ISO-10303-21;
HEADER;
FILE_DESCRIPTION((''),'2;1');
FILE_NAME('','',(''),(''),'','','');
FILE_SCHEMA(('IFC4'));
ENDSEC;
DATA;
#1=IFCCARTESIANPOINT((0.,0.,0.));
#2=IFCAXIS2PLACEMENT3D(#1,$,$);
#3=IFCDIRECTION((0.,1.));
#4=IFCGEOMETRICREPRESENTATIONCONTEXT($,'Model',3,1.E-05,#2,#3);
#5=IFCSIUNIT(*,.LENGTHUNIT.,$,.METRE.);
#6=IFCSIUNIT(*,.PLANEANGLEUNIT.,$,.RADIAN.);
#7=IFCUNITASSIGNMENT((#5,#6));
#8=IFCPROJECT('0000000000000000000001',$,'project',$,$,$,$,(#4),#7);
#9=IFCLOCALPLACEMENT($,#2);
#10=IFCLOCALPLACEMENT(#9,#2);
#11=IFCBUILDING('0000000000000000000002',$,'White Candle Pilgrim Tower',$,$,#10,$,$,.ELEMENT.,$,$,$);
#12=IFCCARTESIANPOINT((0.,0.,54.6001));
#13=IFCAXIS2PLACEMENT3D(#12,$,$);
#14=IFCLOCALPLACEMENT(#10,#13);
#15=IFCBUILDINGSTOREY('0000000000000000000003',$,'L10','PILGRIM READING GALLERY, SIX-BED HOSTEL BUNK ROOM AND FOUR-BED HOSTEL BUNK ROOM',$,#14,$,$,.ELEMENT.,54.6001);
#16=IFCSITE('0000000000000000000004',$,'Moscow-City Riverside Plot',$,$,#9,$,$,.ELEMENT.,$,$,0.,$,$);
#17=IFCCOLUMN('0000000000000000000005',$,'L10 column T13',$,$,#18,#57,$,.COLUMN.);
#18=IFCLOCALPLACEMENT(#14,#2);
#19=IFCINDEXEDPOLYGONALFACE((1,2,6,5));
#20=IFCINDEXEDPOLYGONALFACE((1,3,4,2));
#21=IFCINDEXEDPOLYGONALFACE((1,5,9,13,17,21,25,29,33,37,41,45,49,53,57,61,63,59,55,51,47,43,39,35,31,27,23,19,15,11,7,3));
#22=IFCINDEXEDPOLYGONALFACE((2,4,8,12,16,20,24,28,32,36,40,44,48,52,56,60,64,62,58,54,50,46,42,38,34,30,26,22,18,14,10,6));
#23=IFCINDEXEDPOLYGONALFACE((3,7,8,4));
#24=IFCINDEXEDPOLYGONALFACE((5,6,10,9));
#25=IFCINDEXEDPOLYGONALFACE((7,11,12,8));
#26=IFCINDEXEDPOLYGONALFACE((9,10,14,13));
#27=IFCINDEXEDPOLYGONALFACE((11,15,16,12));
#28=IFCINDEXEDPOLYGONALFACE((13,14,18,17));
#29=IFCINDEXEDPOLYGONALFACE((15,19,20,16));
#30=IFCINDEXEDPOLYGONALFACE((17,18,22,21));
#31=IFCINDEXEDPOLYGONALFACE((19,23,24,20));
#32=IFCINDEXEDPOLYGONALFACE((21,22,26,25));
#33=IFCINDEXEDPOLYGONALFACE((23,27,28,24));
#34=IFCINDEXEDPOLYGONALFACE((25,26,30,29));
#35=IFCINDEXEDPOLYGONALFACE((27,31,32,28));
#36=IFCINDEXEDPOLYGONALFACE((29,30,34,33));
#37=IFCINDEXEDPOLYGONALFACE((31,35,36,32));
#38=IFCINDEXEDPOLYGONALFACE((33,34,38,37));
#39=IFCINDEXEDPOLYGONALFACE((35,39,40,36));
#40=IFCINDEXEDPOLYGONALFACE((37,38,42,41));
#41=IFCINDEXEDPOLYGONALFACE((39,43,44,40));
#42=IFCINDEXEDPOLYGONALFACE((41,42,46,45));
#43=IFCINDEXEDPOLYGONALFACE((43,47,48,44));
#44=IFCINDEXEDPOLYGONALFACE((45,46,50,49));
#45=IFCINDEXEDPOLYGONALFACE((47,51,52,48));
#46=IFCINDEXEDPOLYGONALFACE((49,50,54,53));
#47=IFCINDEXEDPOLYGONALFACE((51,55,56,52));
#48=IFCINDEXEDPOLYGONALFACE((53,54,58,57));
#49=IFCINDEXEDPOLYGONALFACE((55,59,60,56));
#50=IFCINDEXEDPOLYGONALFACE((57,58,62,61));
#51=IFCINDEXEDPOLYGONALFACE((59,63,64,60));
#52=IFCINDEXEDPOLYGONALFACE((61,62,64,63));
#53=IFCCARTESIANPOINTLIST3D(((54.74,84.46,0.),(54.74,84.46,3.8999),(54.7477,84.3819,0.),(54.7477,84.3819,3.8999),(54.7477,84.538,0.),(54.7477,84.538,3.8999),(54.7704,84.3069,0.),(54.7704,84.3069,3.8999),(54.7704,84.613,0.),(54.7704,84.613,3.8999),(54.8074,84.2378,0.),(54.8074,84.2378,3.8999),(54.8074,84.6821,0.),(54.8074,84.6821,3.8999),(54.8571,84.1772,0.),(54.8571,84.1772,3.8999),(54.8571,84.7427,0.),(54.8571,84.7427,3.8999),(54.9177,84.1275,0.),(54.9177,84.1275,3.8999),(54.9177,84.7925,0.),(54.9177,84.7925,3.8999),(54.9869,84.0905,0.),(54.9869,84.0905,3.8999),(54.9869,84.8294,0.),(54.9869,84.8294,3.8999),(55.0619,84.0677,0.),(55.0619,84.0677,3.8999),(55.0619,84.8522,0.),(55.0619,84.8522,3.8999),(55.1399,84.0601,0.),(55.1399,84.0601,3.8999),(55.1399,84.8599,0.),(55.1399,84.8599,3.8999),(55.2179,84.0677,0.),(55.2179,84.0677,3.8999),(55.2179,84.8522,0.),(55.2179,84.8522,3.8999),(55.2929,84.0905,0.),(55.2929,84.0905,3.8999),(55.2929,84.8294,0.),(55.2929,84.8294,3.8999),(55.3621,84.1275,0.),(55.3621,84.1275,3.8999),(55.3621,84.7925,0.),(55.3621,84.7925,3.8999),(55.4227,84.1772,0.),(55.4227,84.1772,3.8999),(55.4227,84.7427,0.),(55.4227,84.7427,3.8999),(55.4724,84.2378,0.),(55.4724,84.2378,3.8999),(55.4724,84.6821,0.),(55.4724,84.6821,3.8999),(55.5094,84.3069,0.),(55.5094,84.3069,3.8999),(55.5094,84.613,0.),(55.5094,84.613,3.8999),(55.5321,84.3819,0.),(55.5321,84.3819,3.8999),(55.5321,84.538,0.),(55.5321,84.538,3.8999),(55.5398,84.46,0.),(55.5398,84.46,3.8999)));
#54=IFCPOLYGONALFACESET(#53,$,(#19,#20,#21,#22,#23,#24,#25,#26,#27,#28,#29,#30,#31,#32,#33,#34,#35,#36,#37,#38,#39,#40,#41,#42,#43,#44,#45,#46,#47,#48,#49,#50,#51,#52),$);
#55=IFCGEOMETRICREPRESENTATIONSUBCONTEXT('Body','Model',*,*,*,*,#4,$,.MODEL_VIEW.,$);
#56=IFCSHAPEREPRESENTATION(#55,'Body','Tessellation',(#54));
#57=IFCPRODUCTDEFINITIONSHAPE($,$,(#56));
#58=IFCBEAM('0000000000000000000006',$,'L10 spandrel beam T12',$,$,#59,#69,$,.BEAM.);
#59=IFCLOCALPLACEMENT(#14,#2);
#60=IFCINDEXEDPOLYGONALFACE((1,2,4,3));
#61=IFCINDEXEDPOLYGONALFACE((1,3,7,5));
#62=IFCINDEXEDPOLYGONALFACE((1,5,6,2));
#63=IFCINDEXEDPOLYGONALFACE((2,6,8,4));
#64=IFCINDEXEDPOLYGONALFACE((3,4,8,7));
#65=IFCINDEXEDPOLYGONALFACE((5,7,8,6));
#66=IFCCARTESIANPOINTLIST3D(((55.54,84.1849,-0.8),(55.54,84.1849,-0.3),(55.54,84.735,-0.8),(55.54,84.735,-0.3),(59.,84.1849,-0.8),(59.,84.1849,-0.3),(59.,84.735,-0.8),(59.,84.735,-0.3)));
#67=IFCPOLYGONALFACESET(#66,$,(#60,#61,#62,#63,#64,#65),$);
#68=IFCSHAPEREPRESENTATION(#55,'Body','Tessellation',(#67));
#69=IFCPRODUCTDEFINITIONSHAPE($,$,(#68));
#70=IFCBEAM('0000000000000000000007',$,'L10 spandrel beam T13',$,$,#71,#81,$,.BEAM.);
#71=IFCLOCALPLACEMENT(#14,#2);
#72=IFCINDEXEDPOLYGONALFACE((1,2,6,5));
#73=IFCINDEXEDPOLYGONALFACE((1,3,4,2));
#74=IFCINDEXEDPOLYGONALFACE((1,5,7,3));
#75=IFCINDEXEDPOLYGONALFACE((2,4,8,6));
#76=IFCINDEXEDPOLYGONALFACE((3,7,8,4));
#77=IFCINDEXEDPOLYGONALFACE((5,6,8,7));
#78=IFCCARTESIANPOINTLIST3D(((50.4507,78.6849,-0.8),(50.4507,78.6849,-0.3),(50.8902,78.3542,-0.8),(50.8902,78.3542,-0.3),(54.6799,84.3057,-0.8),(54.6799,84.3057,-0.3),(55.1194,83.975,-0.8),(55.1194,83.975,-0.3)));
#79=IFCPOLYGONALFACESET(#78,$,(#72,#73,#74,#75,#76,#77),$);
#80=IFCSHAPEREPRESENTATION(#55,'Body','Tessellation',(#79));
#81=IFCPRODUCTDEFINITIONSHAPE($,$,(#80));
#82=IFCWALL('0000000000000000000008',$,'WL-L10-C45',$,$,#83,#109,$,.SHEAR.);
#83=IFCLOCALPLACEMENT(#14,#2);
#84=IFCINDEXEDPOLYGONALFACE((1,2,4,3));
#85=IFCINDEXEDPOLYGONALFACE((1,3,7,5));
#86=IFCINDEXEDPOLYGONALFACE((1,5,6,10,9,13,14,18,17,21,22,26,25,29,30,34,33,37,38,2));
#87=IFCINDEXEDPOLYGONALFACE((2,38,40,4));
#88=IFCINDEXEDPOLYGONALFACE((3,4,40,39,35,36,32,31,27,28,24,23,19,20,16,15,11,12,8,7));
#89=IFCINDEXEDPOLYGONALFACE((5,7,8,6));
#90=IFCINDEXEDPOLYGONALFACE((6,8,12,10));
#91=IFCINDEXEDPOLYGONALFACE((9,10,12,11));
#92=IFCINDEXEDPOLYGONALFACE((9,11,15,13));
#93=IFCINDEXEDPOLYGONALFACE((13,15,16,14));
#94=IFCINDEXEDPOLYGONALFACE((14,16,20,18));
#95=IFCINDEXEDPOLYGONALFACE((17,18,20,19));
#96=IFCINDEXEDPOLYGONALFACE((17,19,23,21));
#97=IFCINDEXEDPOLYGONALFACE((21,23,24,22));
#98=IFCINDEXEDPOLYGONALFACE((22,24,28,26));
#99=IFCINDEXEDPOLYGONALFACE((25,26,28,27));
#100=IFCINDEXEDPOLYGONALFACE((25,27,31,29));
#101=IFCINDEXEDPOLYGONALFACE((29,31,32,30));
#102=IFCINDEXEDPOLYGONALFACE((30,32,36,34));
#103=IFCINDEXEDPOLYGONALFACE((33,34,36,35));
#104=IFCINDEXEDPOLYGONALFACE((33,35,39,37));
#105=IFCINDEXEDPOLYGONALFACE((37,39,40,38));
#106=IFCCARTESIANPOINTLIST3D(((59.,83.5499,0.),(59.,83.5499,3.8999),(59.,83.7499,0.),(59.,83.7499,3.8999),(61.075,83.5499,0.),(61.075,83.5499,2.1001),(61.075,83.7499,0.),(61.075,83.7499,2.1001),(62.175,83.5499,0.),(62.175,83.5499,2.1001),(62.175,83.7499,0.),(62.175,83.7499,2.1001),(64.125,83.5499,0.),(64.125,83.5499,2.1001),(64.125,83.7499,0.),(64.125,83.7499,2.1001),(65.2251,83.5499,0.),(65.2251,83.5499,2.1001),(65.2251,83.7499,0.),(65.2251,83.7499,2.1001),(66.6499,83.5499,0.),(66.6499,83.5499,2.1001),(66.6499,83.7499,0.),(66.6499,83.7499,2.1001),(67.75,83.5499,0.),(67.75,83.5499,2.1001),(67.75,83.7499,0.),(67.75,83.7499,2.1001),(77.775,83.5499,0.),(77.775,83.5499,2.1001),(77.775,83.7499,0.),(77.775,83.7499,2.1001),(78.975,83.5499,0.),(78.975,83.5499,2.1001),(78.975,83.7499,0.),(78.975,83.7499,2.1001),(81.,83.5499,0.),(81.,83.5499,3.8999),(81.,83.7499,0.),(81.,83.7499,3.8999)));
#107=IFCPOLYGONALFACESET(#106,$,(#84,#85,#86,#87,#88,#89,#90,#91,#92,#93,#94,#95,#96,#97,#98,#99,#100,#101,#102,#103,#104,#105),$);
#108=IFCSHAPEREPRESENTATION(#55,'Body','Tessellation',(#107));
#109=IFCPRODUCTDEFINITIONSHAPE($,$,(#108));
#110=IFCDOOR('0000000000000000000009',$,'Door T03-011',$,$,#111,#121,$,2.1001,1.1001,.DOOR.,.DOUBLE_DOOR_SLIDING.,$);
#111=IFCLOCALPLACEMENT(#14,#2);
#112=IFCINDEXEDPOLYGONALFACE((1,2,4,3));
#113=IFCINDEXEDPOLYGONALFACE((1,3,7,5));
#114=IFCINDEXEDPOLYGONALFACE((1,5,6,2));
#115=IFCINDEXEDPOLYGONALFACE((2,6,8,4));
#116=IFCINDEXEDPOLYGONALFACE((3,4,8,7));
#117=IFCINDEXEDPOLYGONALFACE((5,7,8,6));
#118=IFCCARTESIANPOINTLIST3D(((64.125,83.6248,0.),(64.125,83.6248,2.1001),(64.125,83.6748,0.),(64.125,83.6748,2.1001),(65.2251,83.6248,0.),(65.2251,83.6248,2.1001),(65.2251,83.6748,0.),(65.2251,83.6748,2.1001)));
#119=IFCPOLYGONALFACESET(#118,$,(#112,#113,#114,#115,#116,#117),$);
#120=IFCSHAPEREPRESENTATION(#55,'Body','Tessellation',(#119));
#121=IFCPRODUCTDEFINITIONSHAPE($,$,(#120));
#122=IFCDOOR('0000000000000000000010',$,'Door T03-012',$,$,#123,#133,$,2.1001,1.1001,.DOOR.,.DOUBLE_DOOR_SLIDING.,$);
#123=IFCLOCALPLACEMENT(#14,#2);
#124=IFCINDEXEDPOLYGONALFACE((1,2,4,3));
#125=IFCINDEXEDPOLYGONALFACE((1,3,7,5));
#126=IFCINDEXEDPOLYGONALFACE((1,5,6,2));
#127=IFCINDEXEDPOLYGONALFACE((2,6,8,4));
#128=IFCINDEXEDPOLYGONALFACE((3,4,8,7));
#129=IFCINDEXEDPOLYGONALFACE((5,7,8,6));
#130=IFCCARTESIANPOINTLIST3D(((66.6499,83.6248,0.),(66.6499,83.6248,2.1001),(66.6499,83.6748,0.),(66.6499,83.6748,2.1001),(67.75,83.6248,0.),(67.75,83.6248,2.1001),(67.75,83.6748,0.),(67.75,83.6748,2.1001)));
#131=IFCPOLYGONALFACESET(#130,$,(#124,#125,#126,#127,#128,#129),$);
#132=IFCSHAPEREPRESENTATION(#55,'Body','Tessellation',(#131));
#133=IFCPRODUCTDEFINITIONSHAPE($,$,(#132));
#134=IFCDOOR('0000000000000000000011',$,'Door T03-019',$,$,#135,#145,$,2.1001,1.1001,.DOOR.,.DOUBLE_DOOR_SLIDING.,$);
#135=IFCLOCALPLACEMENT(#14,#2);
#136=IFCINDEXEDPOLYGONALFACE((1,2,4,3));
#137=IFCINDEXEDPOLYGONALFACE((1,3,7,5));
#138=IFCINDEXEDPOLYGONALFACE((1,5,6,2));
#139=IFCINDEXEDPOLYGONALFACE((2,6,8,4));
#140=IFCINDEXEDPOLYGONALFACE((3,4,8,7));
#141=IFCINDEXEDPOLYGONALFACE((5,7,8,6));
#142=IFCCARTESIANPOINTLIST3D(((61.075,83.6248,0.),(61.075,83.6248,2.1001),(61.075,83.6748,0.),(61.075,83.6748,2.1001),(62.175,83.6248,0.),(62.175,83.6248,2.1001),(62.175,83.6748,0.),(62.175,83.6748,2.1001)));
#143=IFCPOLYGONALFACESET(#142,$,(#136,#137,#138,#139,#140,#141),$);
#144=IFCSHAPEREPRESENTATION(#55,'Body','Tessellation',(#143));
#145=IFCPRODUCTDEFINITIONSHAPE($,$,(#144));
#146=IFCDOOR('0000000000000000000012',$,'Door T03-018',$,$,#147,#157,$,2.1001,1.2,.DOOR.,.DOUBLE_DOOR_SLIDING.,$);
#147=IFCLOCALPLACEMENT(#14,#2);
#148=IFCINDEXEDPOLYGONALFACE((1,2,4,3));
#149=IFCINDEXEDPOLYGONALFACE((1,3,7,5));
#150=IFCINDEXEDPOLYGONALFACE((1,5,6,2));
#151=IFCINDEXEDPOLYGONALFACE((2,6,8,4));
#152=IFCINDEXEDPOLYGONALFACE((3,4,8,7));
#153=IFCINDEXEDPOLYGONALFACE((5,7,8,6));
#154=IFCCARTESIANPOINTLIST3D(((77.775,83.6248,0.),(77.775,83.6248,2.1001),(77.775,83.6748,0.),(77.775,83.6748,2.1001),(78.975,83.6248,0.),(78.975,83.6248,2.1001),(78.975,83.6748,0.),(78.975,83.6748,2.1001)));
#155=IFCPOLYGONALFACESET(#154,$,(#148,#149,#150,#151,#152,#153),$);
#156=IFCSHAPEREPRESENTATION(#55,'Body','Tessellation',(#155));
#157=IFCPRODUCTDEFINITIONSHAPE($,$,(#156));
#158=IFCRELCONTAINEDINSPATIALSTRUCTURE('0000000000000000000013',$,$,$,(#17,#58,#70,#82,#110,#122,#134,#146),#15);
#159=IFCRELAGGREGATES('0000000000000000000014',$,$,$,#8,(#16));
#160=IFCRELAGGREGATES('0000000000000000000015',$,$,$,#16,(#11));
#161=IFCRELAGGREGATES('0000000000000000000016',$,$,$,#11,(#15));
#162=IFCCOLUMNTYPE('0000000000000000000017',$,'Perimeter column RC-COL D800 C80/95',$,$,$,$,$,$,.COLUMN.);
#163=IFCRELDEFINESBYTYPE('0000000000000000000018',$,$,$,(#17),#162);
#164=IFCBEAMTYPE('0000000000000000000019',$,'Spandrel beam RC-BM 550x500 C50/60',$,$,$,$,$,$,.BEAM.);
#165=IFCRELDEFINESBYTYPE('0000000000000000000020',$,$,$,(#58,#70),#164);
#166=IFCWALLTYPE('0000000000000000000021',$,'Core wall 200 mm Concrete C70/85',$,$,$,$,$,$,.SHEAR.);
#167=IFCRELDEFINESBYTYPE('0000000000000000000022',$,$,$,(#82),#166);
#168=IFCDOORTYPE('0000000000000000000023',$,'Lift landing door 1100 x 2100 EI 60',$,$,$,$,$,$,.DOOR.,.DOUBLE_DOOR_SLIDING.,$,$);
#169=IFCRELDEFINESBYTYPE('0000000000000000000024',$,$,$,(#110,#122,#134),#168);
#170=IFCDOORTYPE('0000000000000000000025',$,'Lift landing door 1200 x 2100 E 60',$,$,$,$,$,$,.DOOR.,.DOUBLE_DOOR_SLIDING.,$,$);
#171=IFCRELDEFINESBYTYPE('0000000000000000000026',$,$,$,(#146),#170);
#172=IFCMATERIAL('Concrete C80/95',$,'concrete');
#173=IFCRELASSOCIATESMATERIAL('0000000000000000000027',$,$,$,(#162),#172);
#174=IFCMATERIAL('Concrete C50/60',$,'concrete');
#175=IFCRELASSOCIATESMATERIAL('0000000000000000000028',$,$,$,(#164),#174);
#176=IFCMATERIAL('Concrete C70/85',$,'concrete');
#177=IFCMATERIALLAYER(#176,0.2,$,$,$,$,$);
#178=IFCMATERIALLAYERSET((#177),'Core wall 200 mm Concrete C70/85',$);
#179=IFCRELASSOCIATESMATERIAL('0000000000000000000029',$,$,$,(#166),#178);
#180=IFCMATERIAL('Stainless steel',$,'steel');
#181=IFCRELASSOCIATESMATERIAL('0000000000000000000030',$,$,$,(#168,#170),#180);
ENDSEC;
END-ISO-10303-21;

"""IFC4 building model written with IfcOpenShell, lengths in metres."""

from ifc_helpers import new_model, si_unit, direction, frame, frame_2d, origin, origin_2d, place, context, subcontext, project, spatial, rectangle, circle, extrude, material, layer, layer_set, material_profile, profile_set, type_object, element, fill, save


model = new_model("IFC4")

# Units and contexts
model_context = context("Model", 3, precision=1e-05, world=origin(), true_north=direction((0.0, 1.0)))
body_context = subcontext(model_context, "Body", "Model", "MODEL_VIEW")
ifc_project = project(units=[si_unit("LENGTHUNIT", "METRE"), si_unit("PLANEANGLEUNIT", "RADIAN")], contexts=[model_context])

# Site, building, storey
site_placement = place(None, origin())
site = spatial("IfcSite", under=ifc_project, at=site_placement, Name="Moscow-City Riverside Plot", CompositionType="ELEMENT", RefElevation=0.0)
building_placement = place(site_placement, origin())
building = spatial("IfcBuilding", under=site, at=building_placement, Name="White Candle Pilgrim Tower", CompositionType="ELEMENT")
storey_placement = place(building_placement, frame((0.0, 0.0, 54.6001)))
storey = spatial("IfcBuildingStorey", under=building, at=storey_placement, Name="L10", Description="PILGRIM READING GALLERY, SIX-BED HOSTEL BUNK ROOM AND FOUR-BED HOSTEL BUNK ROOM", CompositionType="ELEMENT", Elevation=54.6001)

# Column
ifc_material_1 = material(Name="Concrete C80/95", Category="concrete")
ifc_material_profile_1 = material_profile(ifc_material_1, circle(Radius=0.3999, at=origin_2d()), Name="RC-COL D800")
ifc_profile_set_1 = profile_set([ifc_material_profile_1], Name="Concrete C80/95")
column_type = type_object("IfcColumnType", Name="Perimeter column RC-COL D800 C80/95", PredefinedType="COLUMN", material=ifc_profile_set_1)
column_placement = place(storey_placement, frame((55.1399, 84.46, 0.0), z_axis=(0.0, 0.0, 1.0), x_axis=(1.0, 0.0, 0.0)))
element("IfcColumn", 1, at=column_placement, inside=storey, type_object=column_type, Name="L10 column T13", PredefinedType="COLUMN", context=body_context, shape_type="SweptSolid", body=[
    extrude(circle(Radius=0.3999, at=origin_2d()), origin(), (0.0, 0.0, 1.0), 3.8999),
])

# Beams
ifc_material_2 = material(Name="Concrete C50/60", Category="concrete")
ifc_material_profile_2 = material_profile(ifc_material_2, rectangle(XDim=0.55, YDim=0.5, at=origin_2d()), Name="RC-BM 550x500")
ifc_profile_set_2 = profile_set([ifc_material_profile_2], Name="Concrete C50/60")
beam_type = type_object("IfcBeamType", Name="Spandrel beam RC-BM 550x500 C50/60", PredefinedType="BEAM", material=ifc_profile_set_2)
beam_1_placement = place(storey_placement, frame((55.54, 84.46, -0.55), z_axis=(1.0, 0.0, 0.0), x_axis=(0.0, 1.0, 0.0)))
element("IfcBeam", 2, at=beam_1_placement, inside=storey, type_object=beam_type, Name="L10 spandrel beam T12", PredefinedType="BEAM", context=body_context, shape_type="SweptSolid", body=[
    extrude(rectangle(XDim=0.55, YDim=0.5, at=origin_2d()), origin(), (0.0, 0.0, 1.0), 3.46),
])
beam_2_placement = place(storey_placement, frame((54.8997, 84.1404, -0.55), z_axis=(-0.601238, -0.79907, 0.0), x_axis=(0.79907, -0.601238, 0.0)))
element("IfcBeam", 3, at=beam_2_placement, inside=storey, type_object=beam_type, Name="L10 spandrel beam T13", PredefinedType="BEAM", context=body_context, shape_type="SweptSolid", body=[
    extrude(rectangle(XDim=0.55, YDim=0.5, at=origin_2d()), origin(), (0.0, 0.0, 1.0), 7.0342),
])

# Wall, openings, doors
ifc_material_3 = material(Name="Concrete C70/85", Category="concrete")
ifc_layer_1 = layer(ifc_material_3, 0.2)
ifc_layer_set_1 = layer_set([ifc_layer_1], Name="Core wall 200 mm Concrete C70/85")
wall_type_1 = type_object("IfcWallType", Name="Core wall 200 mm Concrete C70/85", PredefinedType="SHEAR", material=ifc_layer_set_1)
wall_1_placement = place(storey_placement, frame((59.0, 83.6499, 0.0), z_axis=(0.0, 0.0, 1.0), x_axis=(1.0, 0.0, 0.0)))
wall_1 = element("IfcWall", 4, at=wall_1_placement, inside=storey, type_object=wall_type_1, Name="WL-L10-C45", PredefinedType="SHEAR", context=body_context, shape_type="SweptSolid", body=[
    extrude(rectangle(XDim=22.0, YDim=0.2, at=frame_2d((11.0, 0.0))), origin(), (0.0, 0.0, 1.0), 3.8999),
])
opening_1_placement = place(wall_1_placement, frame((5.125, 0.0, 0.0)))
opening_1 = element("IfcOpeningElement", 5, at=opening_1_placement, cuts=wall_1, PredefinedType="OPENING", context=body_context, shape_type="SweptSolid", body=[
    extrude(rectangle(XDim=1.1001, YDim=2.1001, at=frame_2d((0.55, 1.05))), frame((0.0, 0.1099, 0.0), z_axis=(0.0, -1.0, 0.0), x_axis=(1.0, 0.0, 0.0)), (0.0, 0.0, 1.0), 0.22),
])
opening_2_placement = place(wall_1_placement, frame((7.6499, 0.0, 0.0)))
opening_2 = element("IfcOpeningElement", 6, at=opening_2_placement, cuts=wall_1, PredefinedType="OPENING", context=body_context, shape_type="SweptSolid", body=[
    extrude(rectangle(XDim=1.1001, YDim=2.1001, at=frame_2d((0.55, 1.05))), frame((0.0, 0.1099, 0.0), z_axis=(0.0, -1.0, 0.0), x_axis=(1.0, 0.0, 0.0)), (0.0, 0.0, 1.0), 0.22),
])
opening_3_placement = place(wall_1_placement, frame((18.7749, 0.0, 0.0)))
opening_3 = element("IfcOpeningElement", 7, at=opening_3_placement, cuts=wall_1, PredefinedType="OPENING", context=body_context, shape_type="SweptSolid", body=[
    extrude(rectangle(XDim=1.2, YDim=2.1001, at=frame_2d((0.6001, 1.05))), frame((0.0, 0.1099, 0.0), z_axis=(0.0, -1.0, 0.0), x_axis=(1.0, 0.0, 0.0)), (0.0, 0.0, 1.0), 0.22),
])
opening_4_placement = place(wall_1_placement, frame((2.075, 0.0, 0.0)))
opening_4 = element("IfcOpeningElement", 8, at=opening_4_placement, cuts=wall_1, PredefinedType="OPENING", context=body_context, shape_type="SweptSolid", body=[
    extrude(rectangle(XDim=1.1001, YDim=2.1001, at=frame_2d((0.55, 1.05))), frame((0.0, 0.1099, 0.0), z_axis=(0.0, -1.0, 0.0), x_axis=(1.0, 0.0, 0.0)), (0.0, 0.0, 1.0), 0.22),
])
ifc_material_4 = material(Name="Stainless steel", Category="steel")
door_type_1 = type_object("IfcDoorType", Name="Lift landing door 1100 x 2100 EI 60", OperationType="DOUBLE_DOOR_SLIDING", PredefinedType="DOOR", material=ifc_material_4)
door_1_placement = place(opening_1_placement, origin())
door_1 = element("IfcDoor", 9, at=door_1_placement, inside=storey, type_object=door_type_1, Name="Door T03-011", OperationType="DOUBLE_DOOR_SLIDING", OverallHeight=2.1001, OverallWidth=1.1001, PredefinedType="DOOR", context=body_context, shape_type="SweptSolid", body=[
    extrude(rectangle(XDim=1.1001, YDim=2.1001, at=frame_2d((0.55, 1.05))), frame((0.0, 0.0249, 0.0), z_axis=(0.0, -1.0, 0.0), x_axis=(1.0, 0.0, 0.0)), (0.0, 0.0, 1.0), 0.05),
])
fill(opening_1, door_1)
door_2_placement = place(opening_2_placement, origin())
door_2 = element("IfcDoor", 10, at=door_2_placement, inside=storey, type_object=door_type_1, Name="Door T03-012", OperationType="DOUBLE_DOOR_SLIDING", OverallHeight=2.1001, OverallWidth=1.1001, PredefinedType="DOOR", context=body_context, shape_type="SweptSolid", body=[
    extrude(rectangle(XDim=1.1001, YDim=2.1001, at=frame_2d((0.55, 1.05))), frame((0.0, 0.0249, 0.0), z_axis=(0.0, -1.0, 0.0), x_axis=(1.0, 0.0, 0.0)), (0.0, 0.0, 1.0), 0.05),
])
fill(opening_2, door_2)
door_3_placement = place(opening_4_placement, origin())
door_3 = element("IfcDoor", 11, at=door_3_placement, inside=storey, type_object=door_type_1, Name="Door T03-019", OperationType="DOUBLE_DOOR_SLIDING", OverallHeight=2.1001, OverallWidth=1.1001, PredefinedType="DOOR", context=body_context, shape_type="SweptSolid", body=[
    extrude(rectangle(XDim=1.1001, YDim=2.1001, at=frame_2d((0.55, 1.05))), frame((0.0, 0.0249, 0.0), z_axis=(0.0, -1.0, 0.0), x_axis=(1.0, 0.0, 0.0)), (0.0, 0.0, 1.0), 0.05),
])
fill(opening_4, door_3)
door_type_2 = type_object("IfcDoorType", Name="Lift landing door 1200 x 2100 E 60", OperationType="DOUBLE_DOOR_SLIDING", PredefinedType="DOOR", material=ifc_material_4)
door_4_placement = place(opening_3_placement, origin())
door_4 = element("IfcDoor", 12, at=door_4_placement, inside=storey, type_object=door_type_2, Name="Door T03-018", OperationType="DOUBLE_DOOR_SLIDING", OverallHeight=2.1001, OverallWidth=1.2, PredefinedType="DOOR", context=body_context, shape_type="SweptSolid", body=[
    extrude(rectangle(XDim=1.2, YDim=2.1001, at=frame_2d((0.6001, 1.05))), frame((0.0, 0.0249, 0.0), z_axis=(0.0, -1.0, 0.0), x_axis=(1.0, 0.0, 0.0)), (0.0, 0.0, 1.0), 0.05),
])
fill(opening_3, door_4)

save(model, "model.ifc")
